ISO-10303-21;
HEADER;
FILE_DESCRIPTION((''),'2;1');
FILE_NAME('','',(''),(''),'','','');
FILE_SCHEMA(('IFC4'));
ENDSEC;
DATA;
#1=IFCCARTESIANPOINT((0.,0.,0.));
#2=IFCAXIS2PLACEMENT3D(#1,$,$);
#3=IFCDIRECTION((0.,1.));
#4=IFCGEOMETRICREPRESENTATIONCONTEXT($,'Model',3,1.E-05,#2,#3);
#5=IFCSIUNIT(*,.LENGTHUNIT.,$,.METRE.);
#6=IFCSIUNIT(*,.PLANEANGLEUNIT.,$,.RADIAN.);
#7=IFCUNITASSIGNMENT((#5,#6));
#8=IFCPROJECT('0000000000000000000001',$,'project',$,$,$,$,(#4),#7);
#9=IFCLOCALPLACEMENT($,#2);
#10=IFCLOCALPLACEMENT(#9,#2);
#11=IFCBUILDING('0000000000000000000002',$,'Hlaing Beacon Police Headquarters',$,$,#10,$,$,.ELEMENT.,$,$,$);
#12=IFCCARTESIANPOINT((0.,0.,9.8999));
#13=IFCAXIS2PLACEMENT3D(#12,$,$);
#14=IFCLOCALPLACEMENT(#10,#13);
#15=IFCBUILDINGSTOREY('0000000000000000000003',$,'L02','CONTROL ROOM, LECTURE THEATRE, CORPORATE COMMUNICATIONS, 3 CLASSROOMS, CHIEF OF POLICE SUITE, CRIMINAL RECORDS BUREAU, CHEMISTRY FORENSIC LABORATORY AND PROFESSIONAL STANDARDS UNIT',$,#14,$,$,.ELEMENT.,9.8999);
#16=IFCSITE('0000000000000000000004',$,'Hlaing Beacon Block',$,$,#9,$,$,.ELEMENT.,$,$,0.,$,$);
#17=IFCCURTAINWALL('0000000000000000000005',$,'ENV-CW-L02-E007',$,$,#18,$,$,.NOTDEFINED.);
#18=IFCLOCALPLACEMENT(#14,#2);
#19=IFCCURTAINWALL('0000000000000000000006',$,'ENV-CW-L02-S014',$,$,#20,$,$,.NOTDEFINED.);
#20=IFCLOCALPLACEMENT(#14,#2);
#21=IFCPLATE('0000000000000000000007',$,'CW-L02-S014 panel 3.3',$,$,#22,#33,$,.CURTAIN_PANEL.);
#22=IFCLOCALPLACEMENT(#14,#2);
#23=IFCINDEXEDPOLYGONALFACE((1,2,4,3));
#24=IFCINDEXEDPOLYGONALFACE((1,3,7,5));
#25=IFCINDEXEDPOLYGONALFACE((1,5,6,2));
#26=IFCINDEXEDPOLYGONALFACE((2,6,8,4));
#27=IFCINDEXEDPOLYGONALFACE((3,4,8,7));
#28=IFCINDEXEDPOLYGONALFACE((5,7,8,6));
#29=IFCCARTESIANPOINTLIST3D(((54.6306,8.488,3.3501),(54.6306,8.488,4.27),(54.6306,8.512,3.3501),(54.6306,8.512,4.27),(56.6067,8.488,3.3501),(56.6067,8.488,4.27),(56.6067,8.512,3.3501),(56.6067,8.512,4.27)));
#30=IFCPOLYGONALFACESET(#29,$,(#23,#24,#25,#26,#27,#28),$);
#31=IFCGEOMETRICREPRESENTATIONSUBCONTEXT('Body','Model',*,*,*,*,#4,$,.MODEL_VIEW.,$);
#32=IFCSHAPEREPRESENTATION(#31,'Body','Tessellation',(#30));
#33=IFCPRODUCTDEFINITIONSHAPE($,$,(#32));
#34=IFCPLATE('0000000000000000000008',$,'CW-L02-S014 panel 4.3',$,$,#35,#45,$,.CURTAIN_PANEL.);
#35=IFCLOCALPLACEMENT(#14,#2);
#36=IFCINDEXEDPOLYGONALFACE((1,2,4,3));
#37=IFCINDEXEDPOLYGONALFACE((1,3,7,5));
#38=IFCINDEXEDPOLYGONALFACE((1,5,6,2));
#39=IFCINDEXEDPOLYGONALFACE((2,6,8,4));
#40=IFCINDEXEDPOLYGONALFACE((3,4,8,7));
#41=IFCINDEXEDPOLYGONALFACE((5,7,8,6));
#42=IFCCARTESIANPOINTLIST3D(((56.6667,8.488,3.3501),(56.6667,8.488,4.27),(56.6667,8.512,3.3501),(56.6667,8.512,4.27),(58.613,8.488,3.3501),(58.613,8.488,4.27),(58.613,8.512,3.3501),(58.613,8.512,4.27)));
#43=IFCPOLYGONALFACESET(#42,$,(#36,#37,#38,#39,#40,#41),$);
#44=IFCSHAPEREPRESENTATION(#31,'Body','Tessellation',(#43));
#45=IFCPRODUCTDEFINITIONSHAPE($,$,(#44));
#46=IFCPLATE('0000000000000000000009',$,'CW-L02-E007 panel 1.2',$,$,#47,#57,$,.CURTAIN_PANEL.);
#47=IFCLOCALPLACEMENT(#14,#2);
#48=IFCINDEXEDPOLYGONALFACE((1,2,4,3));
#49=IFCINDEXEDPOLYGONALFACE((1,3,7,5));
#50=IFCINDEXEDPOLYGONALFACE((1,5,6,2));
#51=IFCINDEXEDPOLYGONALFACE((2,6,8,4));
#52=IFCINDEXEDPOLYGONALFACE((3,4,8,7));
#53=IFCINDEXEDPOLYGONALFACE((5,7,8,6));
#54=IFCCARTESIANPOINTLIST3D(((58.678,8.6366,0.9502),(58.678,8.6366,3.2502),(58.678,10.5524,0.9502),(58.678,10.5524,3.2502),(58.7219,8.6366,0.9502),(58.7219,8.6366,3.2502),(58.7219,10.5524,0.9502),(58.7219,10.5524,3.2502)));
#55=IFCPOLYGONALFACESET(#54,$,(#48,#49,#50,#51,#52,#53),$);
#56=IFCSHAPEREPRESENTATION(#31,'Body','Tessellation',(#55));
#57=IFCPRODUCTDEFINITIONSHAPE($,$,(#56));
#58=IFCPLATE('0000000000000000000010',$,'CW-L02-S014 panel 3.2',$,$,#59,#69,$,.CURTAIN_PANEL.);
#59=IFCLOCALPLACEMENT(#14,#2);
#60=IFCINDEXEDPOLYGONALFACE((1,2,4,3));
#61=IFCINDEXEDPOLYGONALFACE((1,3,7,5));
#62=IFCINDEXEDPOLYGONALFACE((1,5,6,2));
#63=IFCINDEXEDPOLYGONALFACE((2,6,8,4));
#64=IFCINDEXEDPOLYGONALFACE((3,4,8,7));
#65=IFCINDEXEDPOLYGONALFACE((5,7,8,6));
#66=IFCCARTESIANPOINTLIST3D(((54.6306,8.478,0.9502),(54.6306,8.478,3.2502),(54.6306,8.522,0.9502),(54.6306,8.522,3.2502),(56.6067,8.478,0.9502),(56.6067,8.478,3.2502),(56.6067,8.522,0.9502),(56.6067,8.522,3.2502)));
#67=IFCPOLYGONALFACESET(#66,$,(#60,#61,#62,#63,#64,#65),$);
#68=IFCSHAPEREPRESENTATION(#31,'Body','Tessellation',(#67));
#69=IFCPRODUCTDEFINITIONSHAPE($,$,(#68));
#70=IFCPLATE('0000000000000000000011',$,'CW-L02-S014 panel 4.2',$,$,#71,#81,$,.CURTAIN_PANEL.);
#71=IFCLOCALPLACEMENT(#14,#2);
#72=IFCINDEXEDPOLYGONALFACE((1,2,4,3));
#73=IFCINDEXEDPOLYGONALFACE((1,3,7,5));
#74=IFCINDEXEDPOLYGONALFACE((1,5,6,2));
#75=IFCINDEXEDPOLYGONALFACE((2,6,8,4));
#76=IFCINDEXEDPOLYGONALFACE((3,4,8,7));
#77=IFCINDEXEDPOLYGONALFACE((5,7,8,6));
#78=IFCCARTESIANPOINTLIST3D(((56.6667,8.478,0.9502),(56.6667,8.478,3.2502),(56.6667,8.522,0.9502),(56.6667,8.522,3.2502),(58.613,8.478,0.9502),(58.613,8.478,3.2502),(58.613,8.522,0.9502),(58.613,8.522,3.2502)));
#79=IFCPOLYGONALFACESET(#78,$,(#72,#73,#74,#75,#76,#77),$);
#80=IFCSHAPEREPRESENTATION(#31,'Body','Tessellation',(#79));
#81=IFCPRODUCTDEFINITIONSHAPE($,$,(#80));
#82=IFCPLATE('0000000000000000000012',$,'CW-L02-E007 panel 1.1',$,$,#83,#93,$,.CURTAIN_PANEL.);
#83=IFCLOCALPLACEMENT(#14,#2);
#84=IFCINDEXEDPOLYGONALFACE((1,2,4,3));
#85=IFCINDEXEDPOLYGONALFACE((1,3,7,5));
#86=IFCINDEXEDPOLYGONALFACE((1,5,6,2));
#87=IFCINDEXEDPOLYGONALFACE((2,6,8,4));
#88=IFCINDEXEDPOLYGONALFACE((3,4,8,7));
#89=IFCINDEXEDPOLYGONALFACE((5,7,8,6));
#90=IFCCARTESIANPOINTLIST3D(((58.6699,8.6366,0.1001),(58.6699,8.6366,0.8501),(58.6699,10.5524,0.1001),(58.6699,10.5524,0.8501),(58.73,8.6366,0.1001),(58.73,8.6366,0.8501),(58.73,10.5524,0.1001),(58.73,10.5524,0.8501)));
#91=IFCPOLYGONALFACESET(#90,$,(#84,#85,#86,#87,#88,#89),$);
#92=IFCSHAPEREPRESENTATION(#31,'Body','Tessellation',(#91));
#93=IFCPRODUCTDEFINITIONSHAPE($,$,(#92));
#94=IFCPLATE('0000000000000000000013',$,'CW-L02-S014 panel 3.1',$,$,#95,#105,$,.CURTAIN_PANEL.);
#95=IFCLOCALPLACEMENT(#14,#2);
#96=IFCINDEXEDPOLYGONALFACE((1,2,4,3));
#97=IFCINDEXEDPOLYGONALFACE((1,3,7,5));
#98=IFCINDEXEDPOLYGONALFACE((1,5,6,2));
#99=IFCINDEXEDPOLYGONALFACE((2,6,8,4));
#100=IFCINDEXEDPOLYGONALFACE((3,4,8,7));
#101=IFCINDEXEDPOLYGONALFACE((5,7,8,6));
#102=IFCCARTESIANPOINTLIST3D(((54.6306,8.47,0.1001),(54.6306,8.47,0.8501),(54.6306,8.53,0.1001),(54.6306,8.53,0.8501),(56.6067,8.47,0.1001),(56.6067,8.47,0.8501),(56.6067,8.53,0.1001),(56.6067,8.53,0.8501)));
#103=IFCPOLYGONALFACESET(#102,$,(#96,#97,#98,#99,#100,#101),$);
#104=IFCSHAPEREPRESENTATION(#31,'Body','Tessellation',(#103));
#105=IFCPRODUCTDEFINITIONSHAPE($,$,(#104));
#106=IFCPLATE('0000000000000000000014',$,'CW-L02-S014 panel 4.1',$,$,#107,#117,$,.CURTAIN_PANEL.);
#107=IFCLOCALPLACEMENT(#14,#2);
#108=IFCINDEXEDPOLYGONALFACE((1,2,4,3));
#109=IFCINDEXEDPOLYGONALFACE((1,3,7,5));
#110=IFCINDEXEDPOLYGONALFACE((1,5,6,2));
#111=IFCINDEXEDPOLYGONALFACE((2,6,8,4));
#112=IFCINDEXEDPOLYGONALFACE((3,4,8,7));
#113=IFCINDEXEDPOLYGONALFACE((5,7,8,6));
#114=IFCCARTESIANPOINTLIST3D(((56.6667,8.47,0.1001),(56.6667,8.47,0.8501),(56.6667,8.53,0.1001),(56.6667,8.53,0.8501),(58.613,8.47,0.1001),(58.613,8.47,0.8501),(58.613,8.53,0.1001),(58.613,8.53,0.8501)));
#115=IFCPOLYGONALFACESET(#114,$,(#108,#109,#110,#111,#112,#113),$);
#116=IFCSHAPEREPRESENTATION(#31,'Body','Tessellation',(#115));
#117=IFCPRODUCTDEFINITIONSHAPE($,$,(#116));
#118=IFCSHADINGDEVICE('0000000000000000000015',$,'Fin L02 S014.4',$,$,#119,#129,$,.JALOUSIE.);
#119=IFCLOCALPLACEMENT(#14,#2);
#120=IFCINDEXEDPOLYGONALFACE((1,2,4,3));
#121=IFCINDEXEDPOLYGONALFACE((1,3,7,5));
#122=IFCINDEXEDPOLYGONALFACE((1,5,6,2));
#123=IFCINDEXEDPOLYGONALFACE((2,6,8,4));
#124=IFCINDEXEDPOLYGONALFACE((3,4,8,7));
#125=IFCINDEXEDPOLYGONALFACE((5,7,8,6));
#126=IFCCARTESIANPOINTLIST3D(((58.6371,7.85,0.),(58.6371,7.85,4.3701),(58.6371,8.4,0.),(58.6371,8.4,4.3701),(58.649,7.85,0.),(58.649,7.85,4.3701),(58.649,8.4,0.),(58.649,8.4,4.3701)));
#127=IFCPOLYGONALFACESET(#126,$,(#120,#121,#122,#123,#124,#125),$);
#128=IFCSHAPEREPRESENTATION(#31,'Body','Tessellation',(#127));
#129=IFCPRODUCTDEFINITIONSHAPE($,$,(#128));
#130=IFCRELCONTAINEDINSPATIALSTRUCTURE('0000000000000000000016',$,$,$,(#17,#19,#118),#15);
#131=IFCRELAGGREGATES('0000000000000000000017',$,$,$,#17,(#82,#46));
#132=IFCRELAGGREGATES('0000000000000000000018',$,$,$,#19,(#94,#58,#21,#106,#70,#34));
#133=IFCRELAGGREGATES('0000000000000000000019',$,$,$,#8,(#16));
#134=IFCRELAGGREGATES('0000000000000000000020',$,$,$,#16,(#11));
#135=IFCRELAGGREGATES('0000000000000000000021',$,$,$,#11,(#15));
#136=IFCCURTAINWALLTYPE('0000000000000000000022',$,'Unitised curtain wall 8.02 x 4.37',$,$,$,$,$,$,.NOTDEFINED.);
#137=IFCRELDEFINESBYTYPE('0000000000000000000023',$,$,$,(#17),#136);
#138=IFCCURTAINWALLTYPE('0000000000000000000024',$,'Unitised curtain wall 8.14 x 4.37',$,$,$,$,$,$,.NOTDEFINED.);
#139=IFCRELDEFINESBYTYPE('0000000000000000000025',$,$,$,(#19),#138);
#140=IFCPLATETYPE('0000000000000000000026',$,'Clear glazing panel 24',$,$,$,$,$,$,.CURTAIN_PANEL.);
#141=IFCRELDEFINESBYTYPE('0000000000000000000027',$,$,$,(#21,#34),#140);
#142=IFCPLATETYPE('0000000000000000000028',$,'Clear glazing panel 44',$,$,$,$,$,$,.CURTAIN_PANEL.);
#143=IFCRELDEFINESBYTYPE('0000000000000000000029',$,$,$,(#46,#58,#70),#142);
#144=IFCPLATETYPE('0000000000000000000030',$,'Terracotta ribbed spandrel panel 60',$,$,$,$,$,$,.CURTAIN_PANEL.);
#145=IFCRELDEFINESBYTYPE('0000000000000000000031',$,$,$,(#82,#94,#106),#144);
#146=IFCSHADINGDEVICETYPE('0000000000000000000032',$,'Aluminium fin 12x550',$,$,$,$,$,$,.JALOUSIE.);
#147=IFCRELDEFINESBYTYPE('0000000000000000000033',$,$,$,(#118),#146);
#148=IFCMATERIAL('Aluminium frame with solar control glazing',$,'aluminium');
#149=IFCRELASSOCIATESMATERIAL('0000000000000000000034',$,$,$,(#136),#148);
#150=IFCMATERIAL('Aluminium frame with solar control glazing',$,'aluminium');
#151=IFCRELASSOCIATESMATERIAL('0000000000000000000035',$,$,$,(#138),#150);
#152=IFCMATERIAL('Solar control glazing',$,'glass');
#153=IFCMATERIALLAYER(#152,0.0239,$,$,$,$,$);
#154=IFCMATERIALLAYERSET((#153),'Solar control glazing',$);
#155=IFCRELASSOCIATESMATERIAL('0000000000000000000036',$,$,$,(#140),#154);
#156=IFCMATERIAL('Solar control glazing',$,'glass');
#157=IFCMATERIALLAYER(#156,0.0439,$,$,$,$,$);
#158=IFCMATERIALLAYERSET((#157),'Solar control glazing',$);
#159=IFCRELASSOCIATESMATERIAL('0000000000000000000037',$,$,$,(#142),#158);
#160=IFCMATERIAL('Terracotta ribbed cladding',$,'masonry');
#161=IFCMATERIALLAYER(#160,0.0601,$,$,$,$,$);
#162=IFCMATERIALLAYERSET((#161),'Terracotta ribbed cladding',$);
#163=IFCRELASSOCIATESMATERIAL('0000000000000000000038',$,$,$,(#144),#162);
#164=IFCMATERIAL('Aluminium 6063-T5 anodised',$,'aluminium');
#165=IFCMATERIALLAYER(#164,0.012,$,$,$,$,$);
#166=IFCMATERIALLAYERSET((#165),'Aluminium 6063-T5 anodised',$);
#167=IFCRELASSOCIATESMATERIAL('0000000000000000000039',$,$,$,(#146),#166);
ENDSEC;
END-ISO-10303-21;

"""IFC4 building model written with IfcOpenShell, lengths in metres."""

from ifc_helpers import new_model, si_unit, direction, frame, origin, origin_2d, place, context, subcontext, project, spatial, rectangle, extrude, material, layer, layer_set, type_object, element, aggregate, save


model = new_model("IFC4")

# Units and contexts
model_context = context("Model", 3, precision=1e-05, world=origin(), true_north=direction((0.0, 1.0)))
body_context = subcontext(model_context, "Body", "Model", "MODEL_VIEW")
ifc_project = project(units=[si_unit("LENGTHUNIT", "METRE"), si_unit("PLANEANGLEUNIT", "RADIAN")], contexts=[model_context])

# Site, building, storey
site_placement = place(None, origin())
site = spatial("IfcSite", under=ifc_project, at=site_placement, Name="Hlaing Beacon Block", CompositionType="ELEMENT", RefElevation=0.0)
building_placement = place(site_placement, origin())
building = spatial("IfcBuilding", under=site, at=building_placement, Name="Hlaing Beacon Police Headquarters", CompositionType="ELEMENT")
storey_placement = place(building_placement, frame((0.0, 0.0, 9.8999)))
storey = spatial("IfcBuildingStorey", under=building, at=storey_placement, Name="L02", Description="CONTROL ROOM, LECTURE THEATRE, CORPORATE COMMUNICATIONS, 3 CLASSROOMS, CHIEF OF POLICE SUITE, CRIMINAL RECORDS BUREAU, CHEMISTRY FORENSIC LABORATORY AND PROFESSIONAL STANDARDS UNIT", CompositionType="ELEMENT", Elevation=9.8999)

# Curtain wall
ifc_material_1 = material(Name="Aluminium frame with solar control glazing", Category="aluminium")
curtain_wall_type_1 = type_object("IfcCurtainWallType", Name="Unitised curtain wall 8.02 x 4.37", PredefinedType="NOTDEFINED", material=ifc_material_1)
curtain_wall_1_placement = place(storey_placement, origin())
curtain_wall_1 = element("IfcCurtainWall", 1, at=curtain_wall_1_placement, inside=storey, type_object=curtain_wall_type_1, Name="ENV-CW-L02-E007", PredefinedType="NOTDEFINED")

# Curtain wall
ifc_material_2 = material(Name="Aluminium frame with solar control glazing", Category="aluminium")
curtain_wall_type_2 = type_object("IfcCurtainWallType", Name="Unitised curtain wall 8.14 x 4.37", PredefinedType="NOTDEFINED", material=ifc_material_2)
curtain_wall_2_placement = place(storey_placement, origin())
curtain_wall_2 = element("IfcCurtainWall", 2, at=curtain_wall_2_placement, inside=storey, type_object=curtain_wall_type_2, Name="ENV-CW-L02-S014", PredefinedType="NOTDEFINED")

# Plates
ifc_material_3 = material(Name="Solar control glazing", Category="glass")
ifc_layer_1 = layer(ifc_material_3, 0.0239)
ifc_layer_set_1 = layer_set([ifc_layer_1], Name="Solar control glazing")
plate_type_1 = type_object("IfcPlateType", Name="Clear glazing panel 24", PredefinedType="CURTAIN_PANEL", material=ifc_layer_set_1)
plate_1_placement = place(storey_placement, frame((55.6187, 8.5, 3.3501), z_axis=(0.0, 0.0, 1.0), x_axis=(1.0, 0.0, 0.0)))
plate_1 = element("IfcPlate", 3, at=plate_1_placement, type_object=plate_type_1, Name="CW-L02-S014 panel 3.3", PredefinedType="CURTAIN_PANEL", context=body_context, shape_type="SweptSolid", body=[
    extrude(rectangle(XDim=1.9761, YDim=0.0239, at=origin_2d()), origin(), (0.0, 0.0, 1.0), 0.9199),
])
plate_2_placement = place(storey_placement, frame((57.6399, 8.5, 3.3501), z_axis=(0.0, 0.0, 1.0), x_axis=(1.0, 0.0, 0.0)))
plate_2 = element("IfcPlate", 4, at=plate_2_placement, type_object=plate_type_1, Name="CW-L02-S014 panel 4.3", PredefinedType="CURTAIN_PANEL", context=body_context, shape_type="SweptSolid", body=[
    extrude(rectangle(XDim=1.9463, YDim=0.0239, at=origin_2d()), origin(), (0.0, 0.0, 1.0), 0.9199),
])
ifc_material_4 = material(Name="Solar control glazing", Category="glass")
ifc_layer_2 = layer(ifc_material_4, 0.0439)
ifc_layer_set_2 = layer_set([ifc_layer_2], Name="Solar control glazing")
plate_type_2 = type_object("IfcPlateType", Name="Clear glazing panel 44", PredefinedType="CURTAIN_PANEL", material=ifc_layer_set_2)
plate_3_placement = place(storey_placement, frame((58.7, 9.5945, 0.9502), z_axis=(0.0, 0.0, 1.0), x_axis=(0.0, 1.0, 0.0)))
plate_3 = element("IfcPlate", 5, at=plate_3_placement, type_object=plate_type_2, Name="CW-L02-E007 panel 1.2", PredefinedType="CURTAIN_PANEL", context=body_context, shape_type="SweptSolid", body=[
    extrude(rectangle(XDim=1.9158, YDim=0.0439, at=origin_2d()), origin(), (0.0, 0.0, 1.0), 2.3),
])
plate_4_placement = place(storey_placement, frame((55.6187, 8.5, 0.9502), z_axis=(0.0, 0.0, 1.0), x_axis=(1.0, 0.0, 0.0)))
plate_4 = element("IfcPlate", 6, at=plate_4_placement, type_object=plate_type_2, Name="CW-L02-S014 panel 3.2", PredefinedType="CURTAIN_PANEL", context=body_context, shape_type="SweptSolid", body=[
    extrude(rectangle(XDim=1.9761, YDim=0.0439, at=origin_2d()), origin(), (0.0, 0.0, 1.0), 2.3),
])
plate_5_placement = place(storey_placement, frame((57.6399, 8.5, 0.9502), z_axis=(0.0, 0.0, 1.0), x_axis=(1.0, 0.0, 0.0)))
plate_5 = element("IfcPlate", 7, at=plate_5_placement, type_object=plate_type_2, Name="CW-L02-S014 panel 4.2", PredefinedType="CURTAIN_PANEL", context=body_context, shape_type="SweptSolid", body=[
    extrude(rectangle(XDim=1.9463, YDim=0.0439, at=origin_2d()), origin(), (0.0, 0.0, 1.0), 2.3),
])
ifc_material_5 = material(Name="Terracotta ribbed cladding", Category="masonry")
ifc_layer_3 = layer(ifc_material_5, 0.0601)
ifc_layer_set_3 = layer_set([ifc_layer_3], Name="Terracotta ribbed cladding")
plate_type_3 = type_object("IfcPlateType", Name="Terracotta ribbed spandrel panel 60", PredefinedType="CURTAIN_PANEL", material=ifc_layer_set_3)
plate_6_placement = place(storey_placement, frame((58.7, 9.5945, 0.1001), z_axis=(0.0, 0.0, 1.0), x_axis=(0.0, 1.0, 0.0)))
plate_6 = element("IfcPlate", 8, at=plate_6_placement, type_object=plate_type_3, Name="CW-L02-E007 panel 1.1", PredefinedType="CURTAIN_PANEL", context=body_context, shape_type="SweptSolid", body=[
    extrude(rectangle(XDim=1.9158, YDim=0.0601, at=origin_2d()), origin(), (0.0, 0.0, 1.0), 0.75),
])
aggregate(curtain_wall_1, [plate_6, plate_3])
plate_7_placement = place(storey_placement, frame((55.6187, 8.5, 0.1001), z_axis=(0.0, 0.0, 1.0), x_axis=(1.0, 0.0, 0.0)))
plate_7 = element("IfcPlate", 9, at=plate_7_placement, type_object=plate_type_3, Name="CW-L02-S014 panel 3.1", PredefinedType="CURTAIN_PANEL", context=body_context, shape_type="SweptSolid", body=[
    extrude(rectangle(XDim=1.9761, YDim=0.0601, at=origin_2d()), origin(), (0.0, 0.0, 1.0), 0.75),
])
plate_8_placement = place(storey_placement, frame((57.6399, 8.5, 0.1001), z_axis=(0.0, 0.0, 1.0), x_axis=(1.0, 0.0, 0.0)))
plate_8 = element("IfcPlate", 10, at=plate_8_placement, type_object=plate_type_3, Name="CW-L02-S014 panel 4.1", PredefinedType="CURTAIN_PANEL", context=body_context, shape_type="SweptSolid", body=[
    extrude(rectangle(XDim=1.9463, YDim=0.0601, at=origin_2d()), origin(), (0.0, 0.0, 1.0), 0.75),
])
aggregate(curtain_wall_2, [plate_7, plate_4, plate_1, plate_8, plate_5, plate_2])

# Shading device
ifc_material_6 = material(Name="Aluminium 6063-T5 anodised", Category="aluminium")
ifc_layer_4 = layer(ifc_material_6, 0.012)
ifc_layer_set_4 = layer_set([ifc_layer_4], Name="Aluminium 6063-T5 anodised")
shading_device_type = type_object("IfcShadingDeviceType", Name="Aluminium fin 12x550", PredefinedType="JALOUSIE", material=ifc_layer_set_4)
shading_device_placement = place(storey_placement, frame((58.6431, 8.125, 0.0), z_axis=(0.0, 0.0, 1.0), x_axis=(1.0, 0.0, 0.0)))
element("IfcShadingDevice", 11, at=shading_device_placement, inside=storey, type_object=shading_device_type, Name="Fin L02 S014.4", PredefinedType="JALOUSIE", context=body_context, shape_type="SweptSolid", body=[
    extrude(rectangle(XDim=0.012, YDim=0.55, at=origin_2d()), origin(), (0.0, 0.0, 1.0), 4.3701),
])

save(model, "model.ifc")
